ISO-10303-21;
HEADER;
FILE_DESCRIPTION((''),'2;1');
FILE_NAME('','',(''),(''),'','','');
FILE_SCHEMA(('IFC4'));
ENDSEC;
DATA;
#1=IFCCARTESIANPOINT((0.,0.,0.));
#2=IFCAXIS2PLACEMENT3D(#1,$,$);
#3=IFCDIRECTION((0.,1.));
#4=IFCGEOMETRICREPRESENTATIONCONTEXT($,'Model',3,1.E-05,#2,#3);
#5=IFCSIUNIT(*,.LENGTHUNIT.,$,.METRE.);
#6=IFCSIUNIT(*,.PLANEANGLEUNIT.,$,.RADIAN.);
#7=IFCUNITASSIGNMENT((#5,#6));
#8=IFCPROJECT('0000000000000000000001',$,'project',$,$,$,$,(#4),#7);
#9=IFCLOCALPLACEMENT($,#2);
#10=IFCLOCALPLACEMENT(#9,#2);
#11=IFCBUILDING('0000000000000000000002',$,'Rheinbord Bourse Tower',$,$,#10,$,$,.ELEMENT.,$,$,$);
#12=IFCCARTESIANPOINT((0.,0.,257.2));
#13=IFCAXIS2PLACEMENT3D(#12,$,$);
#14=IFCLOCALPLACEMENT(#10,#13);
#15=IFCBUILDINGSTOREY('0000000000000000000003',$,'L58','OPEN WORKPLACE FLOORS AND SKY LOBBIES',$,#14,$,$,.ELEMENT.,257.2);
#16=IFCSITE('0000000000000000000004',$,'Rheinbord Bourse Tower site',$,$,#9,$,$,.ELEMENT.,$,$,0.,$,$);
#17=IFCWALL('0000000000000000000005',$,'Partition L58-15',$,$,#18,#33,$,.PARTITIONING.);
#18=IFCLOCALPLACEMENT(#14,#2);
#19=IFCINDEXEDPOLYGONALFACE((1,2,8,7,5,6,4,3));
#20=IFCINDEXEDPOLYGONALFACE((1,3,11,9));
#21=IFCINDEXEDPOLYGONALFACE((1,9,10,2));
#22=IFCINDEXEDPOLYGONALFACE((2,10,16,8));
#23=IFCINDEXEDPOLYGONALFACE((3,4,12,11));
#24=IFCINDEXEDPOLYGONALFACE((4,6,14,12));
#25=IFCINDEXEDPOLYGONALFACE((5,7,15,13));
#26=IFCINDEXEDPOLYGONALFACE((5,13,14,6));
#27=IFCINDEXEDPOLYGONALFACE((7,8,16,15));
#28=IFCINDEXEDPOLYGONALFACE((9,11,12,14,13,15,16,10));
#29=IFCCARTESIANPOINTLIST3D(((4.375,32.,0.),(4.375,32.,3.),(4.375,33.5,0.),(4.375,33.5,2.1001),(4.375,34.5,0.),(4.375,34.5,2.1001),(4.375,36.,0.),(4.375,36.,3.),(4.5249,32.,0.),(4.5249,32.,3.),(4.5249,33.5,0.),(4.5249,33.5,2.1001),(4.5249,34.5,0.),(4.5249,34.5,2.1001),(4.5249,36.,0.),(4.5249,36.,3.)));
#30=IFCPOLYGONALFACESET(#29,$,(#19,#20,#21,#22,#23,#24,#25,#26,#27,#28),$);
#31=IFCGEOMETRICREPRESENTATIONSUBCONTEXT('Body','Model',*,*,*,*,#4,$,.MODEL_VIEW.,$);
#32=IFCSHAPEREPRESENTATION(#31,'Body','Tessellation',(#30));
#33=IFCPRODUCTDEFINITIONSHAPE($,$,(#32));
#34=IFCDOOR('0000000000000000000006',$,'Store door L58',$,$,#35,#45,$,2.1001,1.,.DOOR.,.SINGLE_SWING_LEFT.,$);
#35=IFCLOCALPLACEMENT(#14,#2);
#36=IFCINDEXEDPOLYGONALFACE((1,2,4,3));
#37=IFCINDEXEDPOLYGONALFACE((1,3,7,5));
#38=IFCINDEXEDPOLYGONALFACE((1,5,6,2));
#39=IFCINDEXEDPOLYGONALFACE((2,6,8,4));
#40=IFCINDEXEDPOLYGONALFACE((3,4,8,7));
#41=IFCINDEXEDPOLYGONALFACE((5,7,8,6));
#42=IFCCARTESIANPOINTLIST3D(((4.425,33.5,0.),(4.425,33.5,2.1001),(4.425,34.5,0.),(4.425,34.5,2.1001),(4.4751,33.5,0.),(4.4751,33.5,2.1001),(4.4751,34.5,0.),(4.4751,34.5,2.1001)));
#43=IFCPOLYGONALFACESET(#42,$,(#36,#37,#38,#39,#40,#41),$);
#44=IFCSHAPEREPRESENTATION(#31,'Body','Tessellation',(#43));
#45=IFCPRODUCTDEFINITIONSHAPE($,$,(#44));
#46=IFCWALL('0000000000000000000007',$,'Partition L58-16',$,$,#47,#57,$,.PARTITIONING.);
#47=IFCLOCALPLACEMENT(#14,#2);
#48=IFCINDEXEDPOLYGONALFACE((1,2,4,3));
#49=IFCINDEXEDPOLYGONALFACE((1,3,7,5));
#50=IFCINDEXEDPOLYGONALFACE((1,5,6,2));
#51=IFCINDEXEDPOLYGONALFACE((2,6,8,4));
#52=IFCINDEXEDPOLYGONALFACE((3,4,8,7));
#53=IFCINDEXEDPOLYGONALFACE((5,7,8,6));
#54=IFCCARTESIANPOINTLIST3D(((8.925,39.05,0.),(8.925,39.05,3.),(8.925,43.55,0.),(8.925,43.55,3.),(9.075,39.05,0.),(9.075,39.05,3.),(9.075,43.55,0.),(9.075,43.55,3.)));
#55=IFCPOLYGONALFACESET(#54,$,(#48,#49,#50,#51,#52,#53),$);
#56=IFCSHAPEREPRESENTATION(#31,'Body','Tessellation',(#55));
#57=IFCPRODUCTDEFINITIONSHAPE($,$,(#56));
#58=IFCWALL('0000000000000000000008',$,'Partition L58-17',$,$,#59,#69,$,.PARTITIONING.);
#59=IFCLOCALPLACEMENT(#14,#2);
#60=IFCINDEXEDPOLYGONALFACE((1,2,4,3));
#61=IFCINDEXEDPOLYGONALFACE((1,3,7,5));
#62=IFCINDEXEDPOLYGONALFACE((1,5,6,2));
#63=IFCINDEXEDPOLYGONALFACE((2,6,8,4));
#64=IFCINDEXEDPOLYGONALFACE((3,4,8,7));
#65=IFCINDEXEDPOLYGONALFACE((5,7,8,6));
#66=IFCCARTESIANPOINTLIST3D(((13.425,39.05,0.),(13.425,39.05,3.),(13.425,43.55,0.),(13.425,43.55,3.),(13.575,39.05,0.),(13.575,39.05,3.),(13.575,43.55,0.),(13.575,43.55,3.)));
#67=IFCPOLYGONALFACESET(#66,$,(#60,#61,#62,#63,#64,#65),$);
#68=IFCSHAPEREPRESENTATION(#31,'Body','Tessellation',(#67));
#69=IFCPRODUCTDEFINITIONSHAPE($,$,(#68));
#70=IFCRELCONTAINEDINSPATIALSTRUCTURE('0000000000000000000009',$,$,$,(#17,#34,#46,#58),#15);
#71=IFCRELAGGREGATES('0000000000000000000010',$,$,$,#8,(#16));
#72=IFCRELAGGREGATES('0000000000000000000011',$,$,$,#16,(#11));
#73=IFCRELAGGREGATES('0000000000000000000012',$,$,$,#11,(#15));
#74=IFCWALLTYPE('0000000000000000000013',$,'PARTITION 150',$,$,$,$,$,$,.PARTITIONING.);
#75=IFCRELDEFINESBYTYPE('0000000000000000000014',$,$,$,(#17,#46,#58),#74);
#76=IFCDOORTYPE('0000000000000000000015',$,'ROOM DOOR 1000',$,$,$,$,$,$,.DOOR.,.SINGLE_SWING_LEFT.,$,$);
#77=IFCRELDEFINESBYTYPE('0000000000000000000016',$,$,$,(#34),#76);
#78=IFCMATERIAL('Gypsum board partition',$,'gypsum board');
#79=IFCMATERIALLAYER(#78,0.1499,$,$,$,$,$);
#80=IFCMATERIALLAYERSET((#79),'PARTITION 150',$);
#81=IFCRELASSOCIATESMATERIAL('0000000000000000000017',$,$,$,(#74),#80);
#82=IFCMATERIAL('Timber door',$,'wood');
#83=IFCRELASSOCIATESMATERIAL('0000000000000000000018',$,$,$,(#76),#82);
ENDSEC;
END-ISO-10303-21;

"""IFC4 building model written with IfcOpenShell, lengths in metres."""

from ifc_helpers import new_model, si_unit, direction, frame, frame_2d, origin, place, context, subcontext, project, spatial, rectangle, extrude, material, layer, layer_set, type_object, element, fill, save


model = new_model("IFC4")

# Units and contexts
model_context = context("Model", 3, precision=1e-05, world=origin(), true_north=direction((0.0, 1.0)))
body_context = subcontext(model_context, "Body", "Model", "MODEL_VIEW")
ifc_project = project(units=[si_unit("LENGTHUNIT", "METRE"), si_unit("PLANEANGLEUNIT", "RADIAN")], contexts=[model_context])

# Site, building, storey
site_placement = place(None, origin())
site = spatial("IfcSite", under=ifc_project, at=site_placement, Name="Rheinbord Bourse Tower site", CompositionType="ELEMENT", RefElevation=0.0)
building_placement = place(site_placement, origin())
building = spatial("IfcBuilding", under=site, at=building_placement, Name="Rheinbord Bourse Tower", CompositionType="ELEMENT")
storey_placement = place(building_placement, frame((0.0, 0.0, 257.2)))
storey = spatial("IfcBuildingStorey", under=building, at=storey_placement, Name="L58", Description="OPEN WORKPLACE FLOORS AND SKY LOBBIES", CompositionType="ELEMENT", Elevation=257.2)

# Shared definitions
ifc_material_1 = material(Name="Gypsum board partition", Category="gypsum board")
ifc_layer_1 = layer(ifc_material_1, 0.1499)
ifc_layer_set_1 = layer_set([ifc_layer_1], Name="PARTITION 150")
wall_type = type_object("IfcWallType", Name="PARTITION 150", PredefinedType="PARTITIONING", material=ifc_layer_set_1)

# Shared definitions
ifc_material_2 = material(Name="Timber door", Category="wood")
door_type = type_object("IfcDoorType", Name="ROOM DOOR 1000", OperationType="SINGLE_SWING_LEFT", PredefinedType="DOOR", material=ifc_material_2)

# Wall, opening, door
wall_1_placement = place(storey_placement, frame((4.45, 32.0, 0.0), z_axis=(0.0, 0.0, 1.0), x_axis=(0.0, 1.0, 0.0)))
wall_1 = element("IfcWall", 1, at=wall_1_placement, inside=storey, type_object=wall_type, Name="Partition L58-15", PredefinedType="PARTITIONING", context=body_context, shape_type="SweptSolid", body=[
    extrude(rectangle(XDim=4.0, YDim=0.1499, at=frame_2d((2.0, 0.0))), origin(), (0.0, 0.0, 1.0), 3.0),
])
opening_1_placement = place(wall_1_placement, frame((1.5, 0.0, 0.0)))
opening_1 = element("IfcOpeningElement", 2, at=opening_1_placement, cuts=wall_1, PredefinedType="OPENING", context=body_context, shape_type="SweptSolid", body=[
    extrude(rectangle(XDim=1.0, YDim=2.1001, at=frame_2d((0.5, 1.05))), frame((0.0, 0.085, 0.0), z_axis=(0.0, -1.0, 0.0), x_axis=(1.0, 0.0, 0.0)), (0.0, 0.0, 1.0), 0.1699),
])
door_1_placement = place(opening_1_placement, origin())
door_1 = element("IfcDoor", 3, at=door_1_placement, inside=storey, type_object=door_type, Name="Store door L58", OperationType="SINGLE_SWING_LEFT", OverallHeight=2.1001, OverallWidth=1.0, PredefinedType="DOOR", context=body_context, shape_type="SweptSolid", body=[
    extrude(rectangle(XDim=1.0, YDim=2.1001, at=frame_2d((0.5, 1.05))), frame((0.0, 0.0249, 0.0), z_axis=(0.0, -1.0, 0.0), x_axis=(1.0, 0.0, 0.0)), (0.0, 0.0, 1.0), 0.05),
])
fill(opening_1, door_1)

# Walls
for number, where, z_axis, x_axis, name in (
    (4, (9.0, 39.05, 0.0), (0.0, 0.0, 1.0), (0.0, 1.0, 0.0), "Partition L58-16"),
    (5, (13.5, 39.05, 0.0), (0.0, 0.0, 1.0), (0.0, 1.0, 0.0), "Partition L58-17"),
):
    element("IfcWall", number, at=place(storey_placement, frame(where, z_axis=z_axis, x_axis=x_axis)), inside=storey, type_object=wall_type, Name=name, PredefinedType="PARTITIONING", context=body_context, shape_type="SweptSolid", body=[
        extrude(rectangle(XDim=4.5, YDim=0.1499, at=frame_2d((2.25, 0.0))), origin(), (0.0, 0.0, 1.0), 3.0),
    ])

save(model, "model.ifc")
